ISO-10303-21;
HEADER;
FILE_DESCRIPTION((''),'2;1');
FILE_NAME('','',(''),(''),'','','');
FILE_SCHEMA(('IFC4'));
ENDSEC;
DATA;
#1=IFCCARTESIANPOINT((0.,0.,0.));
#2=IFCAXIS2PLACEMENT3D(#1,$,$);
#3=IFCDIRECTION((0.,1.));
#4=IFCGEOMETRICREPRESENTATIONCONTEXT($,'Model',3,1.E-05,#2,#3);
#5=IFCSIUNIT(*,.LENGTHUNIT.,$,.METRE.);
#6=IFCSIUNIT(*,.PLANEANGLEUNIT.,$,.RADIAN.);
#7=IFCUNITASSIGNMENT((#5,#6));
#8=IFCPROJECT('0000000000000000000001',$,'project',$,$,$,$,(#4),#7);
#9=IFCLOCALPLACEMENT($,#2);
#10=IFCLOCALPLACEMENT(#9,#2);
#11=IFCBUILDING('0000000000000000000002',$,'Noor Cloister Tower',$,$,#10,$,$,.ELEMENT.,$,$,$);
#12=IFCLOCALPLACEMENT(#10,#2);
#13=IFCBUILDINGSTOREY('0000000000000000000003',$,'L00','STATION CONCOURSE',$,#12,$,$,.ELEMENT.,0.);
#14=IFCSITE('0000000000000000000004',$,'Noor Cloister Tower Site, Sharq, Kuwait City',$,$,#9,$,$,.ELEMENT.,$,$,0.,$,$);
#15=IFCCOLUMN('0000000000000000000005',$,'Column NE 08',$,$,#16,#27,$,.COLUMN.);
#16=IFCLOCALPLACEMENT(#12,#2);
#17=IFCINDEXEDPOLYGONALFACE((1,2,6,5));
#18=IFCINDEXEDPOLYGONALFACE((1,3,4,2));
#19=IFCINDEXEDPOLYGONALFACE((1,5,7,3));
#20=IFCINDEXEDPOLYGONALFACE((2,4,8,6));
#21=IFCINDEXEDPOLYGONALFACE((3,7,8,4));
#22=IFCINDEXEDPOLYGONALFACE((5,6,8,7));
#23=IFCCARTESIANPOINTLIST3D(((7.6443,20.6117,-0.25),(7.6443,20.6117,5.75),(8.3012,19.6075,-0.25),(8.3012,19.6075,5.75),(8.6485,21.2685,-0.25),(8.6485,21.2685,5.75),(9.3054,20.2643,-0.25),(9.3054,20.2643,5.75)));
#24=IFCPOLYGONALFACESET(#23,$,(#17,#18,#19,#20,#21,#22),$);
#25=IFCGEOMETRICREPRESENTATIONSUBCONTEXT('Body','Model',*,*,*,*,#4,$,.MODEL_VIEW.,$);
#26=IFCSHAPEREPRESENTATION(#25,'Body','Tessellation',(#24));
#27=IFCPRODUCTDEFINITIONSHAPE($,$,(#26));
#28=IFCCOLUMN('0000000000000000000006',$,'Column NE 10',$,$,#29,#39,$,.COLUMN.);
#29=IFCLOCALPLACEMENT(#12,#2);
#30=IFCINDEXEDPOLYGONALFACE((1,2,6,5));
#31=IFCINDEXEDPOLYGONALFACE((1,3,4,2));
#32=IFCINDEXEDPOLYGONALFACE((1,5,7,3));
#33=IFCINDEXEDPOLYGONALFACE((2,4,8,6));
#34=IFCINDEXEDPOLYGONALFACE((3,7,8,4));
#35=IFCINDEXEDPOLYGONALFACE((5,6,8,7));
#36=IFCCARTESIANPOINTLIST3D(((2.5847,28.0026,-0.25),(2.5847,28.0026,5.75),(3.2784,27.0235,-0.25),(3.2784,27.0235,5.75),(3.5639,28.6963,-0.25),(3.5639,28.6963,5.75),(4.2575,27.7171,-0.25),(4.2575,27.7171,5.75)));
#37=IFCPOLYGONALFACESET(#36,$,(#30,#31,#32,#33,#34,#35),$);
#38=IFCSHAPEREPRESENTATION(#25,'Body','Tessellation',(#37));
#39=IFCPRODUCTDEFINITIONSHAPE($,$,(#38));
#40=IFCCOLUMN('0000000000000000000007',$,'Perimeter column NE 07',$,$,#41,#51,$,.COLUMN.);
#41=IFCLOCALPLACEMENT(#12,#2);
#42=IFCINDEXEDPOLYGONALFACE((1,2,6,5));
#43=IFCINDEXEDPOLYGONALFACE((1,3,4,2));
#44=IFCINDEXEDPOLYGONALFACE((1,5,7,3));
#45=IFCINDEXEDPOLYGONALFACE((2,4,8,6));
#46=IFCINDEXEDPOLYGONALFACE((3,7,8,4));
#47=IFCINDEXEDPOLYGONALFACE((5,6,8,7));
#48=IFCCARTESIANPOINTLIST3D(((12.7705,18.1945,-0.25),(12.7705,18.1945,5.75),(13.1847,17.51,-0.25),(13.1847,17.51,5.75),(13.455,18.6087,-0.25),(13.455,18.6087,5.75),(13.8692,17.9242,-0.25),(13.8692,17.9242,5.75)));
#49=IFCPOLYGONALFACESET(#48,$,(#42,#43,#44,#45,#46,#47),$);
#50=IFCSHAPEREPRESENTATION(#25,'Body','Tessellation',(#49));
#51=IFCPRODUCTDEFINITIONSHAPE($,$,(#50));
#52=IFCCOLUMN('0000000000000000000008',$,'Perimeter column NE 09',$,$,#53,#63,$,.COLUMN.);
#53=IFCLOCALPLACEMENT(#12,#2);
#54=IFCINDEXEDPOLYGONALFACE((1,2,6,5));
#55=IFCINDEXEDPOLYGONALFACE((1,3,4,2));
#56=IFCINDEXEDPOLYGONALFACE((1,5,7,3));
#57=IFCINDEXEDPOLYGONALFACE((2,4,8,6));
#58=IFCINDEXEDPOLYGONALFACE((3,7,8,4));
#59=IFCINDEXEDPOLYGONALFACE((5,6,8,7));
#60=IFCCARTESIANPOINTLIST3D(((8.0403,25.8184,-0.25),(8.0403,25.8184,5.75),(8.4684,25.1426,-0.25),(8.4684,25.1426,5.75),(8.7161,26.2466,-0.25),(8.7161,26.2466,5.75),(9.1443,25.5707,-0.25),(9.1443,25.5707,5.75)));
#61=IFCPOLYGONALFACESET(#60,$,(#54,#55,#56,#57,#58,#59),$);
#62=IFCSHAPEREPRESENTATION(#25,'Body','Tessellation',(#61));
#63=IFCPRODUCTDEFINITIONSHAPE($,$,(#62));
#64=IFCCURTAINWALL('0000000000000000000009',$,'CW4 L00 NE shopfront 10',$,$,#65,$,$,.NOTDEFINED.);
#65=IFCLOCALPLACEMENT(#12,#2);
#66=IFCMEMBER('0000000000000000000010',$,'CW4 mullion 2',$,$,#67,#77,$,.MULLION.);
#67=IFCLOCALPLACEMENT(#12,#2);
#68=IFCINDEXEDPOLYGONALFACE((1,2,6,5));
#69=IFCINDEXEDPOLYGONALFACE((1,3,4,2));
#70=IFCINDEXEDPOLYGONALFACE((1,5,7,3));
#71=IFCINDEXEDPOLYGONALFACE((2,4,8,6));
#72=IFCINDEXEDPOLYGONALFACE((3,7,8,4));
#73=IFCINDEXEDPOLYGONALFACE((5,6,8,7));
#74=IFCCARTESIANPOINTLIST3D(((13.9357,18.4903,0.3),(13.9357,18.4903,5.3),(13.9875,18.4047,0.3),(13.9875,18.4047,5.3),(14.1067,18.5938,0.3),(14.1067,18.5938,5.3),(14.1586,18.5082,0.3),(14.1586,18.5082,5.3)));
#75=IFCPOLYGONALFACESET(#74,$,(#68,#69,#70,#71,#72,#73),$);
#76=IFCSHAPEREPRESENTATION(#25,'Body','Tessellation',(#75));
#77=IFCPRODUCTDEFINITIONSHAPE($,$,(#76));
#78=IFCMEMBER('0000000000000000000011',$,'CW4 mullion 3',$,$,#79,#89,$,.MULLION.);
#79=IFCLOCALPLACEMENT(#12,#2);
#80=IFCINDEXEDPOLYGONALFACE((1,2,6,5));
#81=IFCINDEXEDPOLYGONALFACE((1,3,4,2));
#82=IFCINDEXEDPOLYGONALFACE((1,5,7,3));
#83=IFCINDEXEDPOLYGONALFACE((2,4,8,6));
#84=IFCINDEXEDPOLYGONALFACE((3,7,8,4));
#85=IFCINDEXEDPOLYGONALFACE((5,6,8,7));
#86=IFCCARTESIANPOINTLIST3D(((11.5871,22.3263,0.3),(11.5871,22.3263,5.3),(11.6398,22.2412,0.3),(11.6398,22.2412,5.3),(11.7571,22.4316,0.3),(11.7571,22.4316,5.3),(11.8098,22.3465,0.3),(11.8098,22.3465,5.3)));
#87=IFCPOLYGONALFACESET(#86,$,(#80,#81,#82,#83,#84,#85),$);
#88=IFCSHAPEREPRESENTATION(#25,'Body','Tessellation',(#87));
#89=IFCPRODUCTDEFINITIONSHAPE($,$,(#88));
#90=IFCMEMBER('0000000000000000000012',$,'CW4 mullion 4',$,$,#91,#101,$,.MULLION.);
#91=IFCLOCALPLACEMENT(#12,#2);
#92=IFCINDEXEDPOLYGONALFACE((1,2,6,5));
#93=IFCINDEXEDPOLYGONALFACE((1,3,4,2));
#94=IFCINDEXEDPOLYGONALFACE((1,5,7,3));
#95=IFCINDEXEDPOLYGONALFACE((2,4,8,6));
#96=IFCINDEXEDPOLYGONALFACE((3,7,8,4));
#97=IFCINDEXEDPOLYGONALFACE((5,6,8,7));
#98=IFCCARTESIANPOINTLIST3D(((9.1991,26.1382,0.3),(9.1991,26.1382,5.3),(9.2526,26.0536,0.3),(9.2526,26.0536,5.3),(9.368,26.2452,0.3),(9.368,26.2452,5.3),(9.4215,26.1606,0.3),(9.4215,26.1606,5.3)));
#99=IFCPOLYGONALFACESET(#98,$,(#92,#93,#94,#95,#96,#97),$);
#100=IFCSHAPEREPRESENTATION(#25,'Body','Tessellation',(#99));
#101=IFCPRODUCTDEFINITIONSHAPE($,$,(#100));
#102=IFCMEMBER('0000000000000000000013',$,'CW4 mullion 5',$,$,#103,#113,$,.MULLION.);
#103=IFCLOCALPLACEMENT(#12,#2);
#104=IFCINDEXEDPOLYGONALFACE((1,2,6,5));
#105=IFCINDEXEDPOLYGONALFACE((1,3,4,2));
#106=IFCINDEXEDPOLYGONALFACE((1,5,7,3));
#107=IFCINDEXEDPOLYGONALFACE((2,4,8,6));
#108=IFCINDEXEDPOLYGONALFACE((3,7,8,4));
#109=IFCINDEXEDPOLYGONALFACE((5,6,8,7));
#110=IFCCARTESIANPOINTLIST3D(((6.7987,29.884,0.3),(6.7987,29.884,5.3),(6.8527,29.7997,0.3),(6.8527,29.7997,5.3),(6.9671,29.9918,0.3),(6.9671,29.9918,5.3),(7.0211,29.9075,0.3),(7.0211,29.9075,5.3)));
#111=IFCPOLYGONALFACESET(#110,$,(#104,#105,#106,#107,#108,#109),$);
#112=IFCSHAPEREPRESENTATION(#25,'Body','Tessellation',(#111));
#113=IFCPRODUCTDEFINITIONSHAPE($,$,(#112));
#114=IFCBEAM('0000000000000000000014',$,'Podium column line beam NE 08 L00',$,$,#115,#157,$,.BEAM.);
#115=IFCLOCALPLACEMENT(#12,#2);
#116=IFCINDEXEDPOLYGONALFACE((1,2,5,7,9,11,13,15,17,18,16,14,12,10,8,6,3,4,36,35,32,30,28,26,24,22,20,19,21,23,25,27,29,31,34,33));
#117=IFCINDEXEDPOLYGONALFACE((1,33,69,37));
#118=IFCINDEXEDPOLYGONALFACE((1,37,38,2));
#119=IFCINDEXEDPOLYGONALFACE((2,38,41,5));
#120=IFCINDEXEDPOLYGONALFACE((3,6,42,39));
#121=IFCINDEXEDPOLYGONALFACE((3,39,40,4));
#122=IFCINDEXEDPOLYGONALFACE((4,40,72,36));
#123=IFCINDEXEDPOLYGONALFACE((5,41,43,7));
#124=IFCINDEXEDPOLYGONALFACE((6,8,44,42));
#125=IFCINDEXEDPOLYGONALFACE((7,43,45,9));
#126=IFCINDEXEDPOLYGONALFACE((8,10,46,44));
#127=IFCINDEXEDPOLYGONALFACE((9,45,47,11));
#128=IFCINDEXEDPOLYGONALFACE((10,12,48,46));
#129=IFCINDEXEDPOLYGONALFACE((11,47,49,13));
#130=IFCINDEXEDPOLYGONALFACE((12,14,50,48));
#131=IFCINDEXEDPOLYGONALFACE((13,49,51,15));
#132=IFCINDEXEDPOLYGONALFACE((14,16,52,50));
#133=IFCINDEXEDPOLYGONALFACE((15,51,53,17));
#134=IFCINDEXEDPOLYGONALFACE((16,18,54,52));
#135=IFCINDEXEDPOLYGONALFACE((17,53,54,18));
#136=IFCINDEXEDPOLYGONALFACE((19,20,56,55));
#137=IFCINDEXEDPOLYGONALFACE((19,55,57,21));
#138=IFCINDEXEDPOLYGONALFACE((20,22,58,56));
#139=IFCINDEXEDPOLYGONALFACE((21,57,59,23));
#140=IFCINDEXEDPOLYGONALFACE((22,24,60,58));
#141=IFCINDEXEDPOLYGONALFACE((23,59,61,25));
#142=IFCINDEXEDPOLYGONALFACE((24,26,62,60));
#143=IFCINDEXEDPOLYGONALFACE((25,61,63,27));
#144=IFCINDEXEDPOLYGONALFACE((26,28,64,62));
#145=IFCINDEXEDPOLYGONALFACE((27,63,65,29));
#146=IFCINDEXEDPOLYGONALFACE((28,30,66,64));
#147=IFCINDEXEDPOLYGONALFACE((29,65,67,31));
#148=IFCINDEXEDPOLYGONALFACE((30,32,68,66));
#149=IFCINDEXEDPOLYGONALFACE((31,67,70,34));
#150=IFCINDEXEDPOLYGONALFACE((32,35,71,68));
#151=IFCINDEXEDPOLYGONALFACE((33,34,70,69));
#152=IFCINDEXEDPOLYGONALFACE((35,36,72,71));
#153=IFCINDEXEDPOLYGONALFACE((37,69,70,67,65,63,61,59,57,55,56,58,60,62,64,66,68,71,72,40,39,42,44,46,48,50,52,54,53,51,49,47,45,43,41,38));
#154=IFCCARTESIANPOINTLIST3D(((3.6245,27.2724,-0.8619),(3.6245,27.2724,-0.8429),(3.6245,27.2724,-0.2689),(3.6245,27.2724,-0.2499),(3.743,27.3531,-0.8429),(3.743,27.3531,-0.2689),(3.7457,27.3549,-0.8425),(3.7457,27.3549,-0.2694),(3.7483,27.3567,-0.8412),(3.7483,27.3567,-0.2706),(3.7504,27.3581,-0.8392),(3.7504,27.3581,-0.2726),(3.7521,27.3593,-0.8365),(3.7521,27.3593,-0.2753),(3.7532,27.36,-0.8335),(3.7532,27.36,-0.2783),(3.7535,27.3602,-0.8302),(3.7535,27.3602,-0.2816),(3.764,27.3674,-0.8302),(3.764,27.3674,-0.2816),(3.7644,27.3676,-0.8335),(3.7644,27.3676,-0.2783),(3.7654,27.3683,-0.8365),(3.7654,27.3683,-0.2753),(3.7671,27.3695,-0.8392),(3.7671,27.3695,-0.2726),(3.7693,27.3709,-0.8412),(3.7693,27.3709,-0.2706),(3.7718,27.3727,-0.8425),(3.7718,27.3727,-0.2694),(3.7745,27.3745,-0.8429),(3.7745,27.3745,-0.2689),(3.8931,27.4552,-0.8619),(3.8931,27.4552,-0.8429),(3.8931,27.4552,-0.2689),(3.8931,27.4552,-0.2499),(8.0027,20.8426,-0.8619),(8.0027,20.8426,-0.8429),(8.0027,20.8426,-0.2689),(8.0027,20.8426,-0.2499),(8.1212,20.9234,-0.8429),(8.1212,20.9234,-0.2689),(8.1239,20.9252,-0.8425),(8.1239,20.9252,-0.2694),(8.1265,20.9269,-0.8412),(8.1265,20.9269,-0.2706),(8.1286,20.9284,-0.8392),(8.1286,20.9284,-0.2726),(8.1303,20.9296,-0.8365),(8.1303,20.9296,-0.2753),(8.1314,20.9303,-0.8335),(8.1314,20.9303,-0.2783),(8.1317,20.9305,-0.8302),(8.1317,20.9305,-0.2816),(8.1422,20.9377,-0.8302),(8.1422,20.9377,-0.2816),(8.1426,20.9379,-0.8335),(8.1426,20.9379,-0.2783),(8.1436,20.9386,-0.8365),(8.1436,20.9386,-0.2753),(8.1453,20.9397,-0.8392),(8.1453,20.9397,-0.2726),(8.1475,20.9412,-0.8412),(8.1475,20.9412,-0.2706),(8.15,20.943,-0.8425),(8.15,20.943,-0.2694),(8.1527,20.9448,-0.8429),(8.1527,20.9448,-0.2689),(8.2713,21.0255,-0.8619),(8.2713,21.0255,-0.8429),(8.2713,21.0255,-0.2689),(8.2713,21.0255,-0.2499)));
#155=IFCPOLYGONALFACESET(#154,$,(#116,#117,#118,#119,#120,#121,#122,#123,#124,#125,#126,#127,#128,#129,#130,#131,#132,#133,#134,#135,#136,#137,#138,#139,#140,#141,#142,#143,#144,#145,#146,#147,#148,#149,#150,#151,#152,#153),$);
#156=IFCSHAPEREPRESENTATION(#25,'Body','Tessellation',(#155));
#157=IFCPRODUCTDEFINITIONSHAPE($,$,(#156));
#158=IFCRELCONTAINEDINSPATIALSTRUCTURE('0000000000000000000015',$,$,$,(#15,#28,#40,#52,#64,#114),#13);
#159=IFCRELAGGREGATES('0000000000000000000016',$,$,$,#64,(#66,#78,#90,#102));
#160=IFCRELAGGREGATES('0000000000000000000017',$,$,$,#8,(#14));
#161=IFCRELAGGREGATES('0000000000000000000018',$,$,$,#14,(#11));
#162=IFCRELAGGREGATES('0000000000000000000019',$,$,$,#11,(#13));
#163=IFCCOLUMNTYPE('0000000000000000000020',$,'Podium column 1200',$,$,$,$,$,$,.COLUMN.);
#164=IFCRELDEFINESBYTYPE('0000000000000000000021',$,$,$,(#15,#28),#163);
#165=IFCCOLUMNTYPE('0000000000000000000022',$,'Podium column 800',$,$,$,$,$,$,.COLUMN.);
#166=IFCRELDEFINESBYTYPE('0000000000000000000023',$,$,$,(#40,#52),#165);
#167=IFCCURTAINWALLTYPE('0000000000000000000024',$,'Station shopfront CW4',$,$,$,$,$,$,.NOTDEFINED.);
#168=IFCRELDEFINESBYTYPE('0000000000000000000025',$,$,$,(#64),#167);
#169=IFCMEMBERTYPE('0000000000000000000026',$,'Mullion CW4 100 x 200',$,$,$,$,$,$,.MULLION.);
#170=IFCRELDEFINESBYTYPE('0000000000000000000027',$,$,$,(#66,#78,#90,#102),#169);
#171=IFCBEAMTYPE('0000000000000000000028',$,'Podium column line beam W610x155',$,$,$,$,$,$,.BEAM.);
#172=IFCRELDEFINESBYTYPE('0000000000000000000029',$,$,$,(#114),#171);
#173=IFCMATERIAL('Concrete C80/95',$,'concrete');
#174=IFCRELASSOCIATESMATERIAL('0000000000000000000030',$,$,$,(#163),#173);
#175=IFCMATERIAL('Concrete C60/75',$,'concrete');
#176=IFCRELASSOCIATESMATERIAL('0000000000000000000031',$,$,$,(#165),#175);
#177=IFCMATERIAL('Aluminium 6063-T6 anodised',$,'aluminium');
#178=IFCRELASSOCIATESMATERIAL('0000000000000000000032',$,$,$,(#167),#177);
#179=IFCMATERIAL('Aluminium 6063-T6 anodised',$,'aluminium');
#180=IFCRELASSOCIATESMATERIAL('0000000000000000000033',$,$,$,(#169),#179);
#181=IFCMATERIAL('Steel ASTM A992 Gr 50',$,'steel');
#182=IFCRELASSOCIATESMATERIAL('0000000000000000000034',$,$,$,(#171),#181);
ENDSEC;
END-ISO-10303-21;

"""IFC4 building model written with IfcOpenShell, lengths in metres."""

from ifc_helpers import new_model, si_unit, direction, frame, origin, origin_2d, place, context, subcontext, project, spatial, rectangle, i_section, extrude, material, material_profile, profile_set, type_object, element, aggregate, save


model = new_model("IFC4")

# Units and contexts
model_context = context("Model", 3, precision=1e-05, world=origin(), true_north=direction((0.0, 1.0)))
body_context = subcontext(model_context, "Body", "Model", "MODEL_VIEW")
ifc_project = project(units=[si_unit("LENGTHUNIT", "METRE"), si_unit("PLANEANGLEUNIT", "RADIAN")], contexts=[model_context])

# Site, building, storey
site_placement = place(None, origin())
site = spatial("IfcSite", under=ifc_project, at=site_placement, Name="Noor Cloister Tower Site, Sharq, Kuwait City", CompositionType="ELEMENT", RefElevation=0.0)
building_placement = place(site_placement, origin())
building = spatial("IfcBuilding", under=site, at=building_placement, Name="Noor Cloister Tower", CompositionType="ELEMENT")
storey_placement = place(building_placement, origin())
storey = spatial("IfcBuildingStorey", under=building, at=storey_placement, Name="L00", Description="STATION CONCOURSE", CompositionType="ELEMENT", Elevation=0.0)

# Columns
ifc_material_1 = material(Name="Concrete C80/95", Category="concrete")
ifc_material_profile_1 = material_profile(ifc_material_1, rectangle(XDim=1.2, YDim=1.2, at=origin_2d()), Name="Podium column 1200")
ifc_profile_set_1 = profile_set([ifc_material_profile_1], Name="Concrete C80/95")
column_type_1 = type_object("IfcColumnType", Name="Podium column 1200", PredefinedType="COLUMN", material=ifc_profile_set_1)
for number, where, z_axis, x_axis, name in (
    (1, (8.4749, 20.438, -0.25), (0.0, 0.0, 1.0), (0.836868, 0.547405, 0.0), "Column NE 08"),
    (2, (3.4211, 27.8599, -0.25), (0.0, 0.0, 1.0), (0.815983, 0.578076, 0.0), "Column NE 10"),
):
    element("IfcColumn", number, at=place(storey_placement, frame(where, z_axis=z_axis, x_axis=x_axis)), inside=storey, type_object=column_type_1, Name=name, PredefinedType="COLUMN", context=body_context, shape_type="SweptSolid", body=[
        extrude(rectangle(XDim=1.2, YDim=1.2, at=origin_2d()), origin(), (0.0, 0.0, 1.0), 6.0),
    ])
ifc_material_2 = material(Name="Concrete C60/75", Category="concrete")
ifc_material_profile_2 = material_profile(ifc_material_2, rectangle(XDim=0.8, YDim=0.8, at=origin_2d()), Name="Podium column 800")
ifc_profile_set_2 = profile_set([ifc_material_profile_2], Name="Concrete C60/75")
column_type_2 = type_object("IfcColumnType", Name="Podium column 800", PredefinedType="COLUMN", material=ifc_profile_set_2)
for number, where, z_axis, x_axis, name in (
    (3, (13.3198, 18.0593, -0.25), (0.0, 0.0, 1.0), (0.855574, 0.51768, 0.0), "Perimeter column NE 07"),
    (4, (8.5923, 25.6946, -0.25), (0.0, 0.0, 1.0), (0.844762, 0.535142, 0.0), "Perimeter column NE 09"),
):
    element("IfcColumn", number, at=place(storey_placement, frame(where, z_axis=z_axis, x_axis=x_axis)), inside=storey, type_object=column_type_2, Name=name, PredefinedType="COLUMN", context=body_context, shape_type="SweptSolid", body=[
        extrude(rectangle(XDim=0.8, YDim=0.8, at=origin_2d()), origin(), (0.0, 0.0, 1.0), 6.0),
    ])

# Curtain wall, members
ifc_material_3 = material(Name="Aluminium 6063-T6 anodised", Category="aluminium")
curtain_wall_type = type_object("IfcCurtainWallType", Name="Station shopfront CW4", PredefinedType="NOTDEFINED", material=ifc_material_3)
curtain_wall_placement = place(storey_placement, origin())
curtain_wall = element("IfcCurtainWall", 5, at=curtain_wall_placement, inside=storey, type_object=curtain_wall_type, Name="CW4 L00 NE shopfront 10", PredefinedType="NOTDEFINED")
ifc_material_4 = material(Name="Aluminium 6063-T6 anodised", Category="aluminium")
ifc_material_profile_3 = material_profile(ifc_material_4, rectangle(XDim=0.2, YDim=0.1001, at=origin_2d()), Name="200 x 100 mullion")
ifc_profile_set_3 = profile_set([ifc_material_profile_3], Name="Aluminium 6063-T6 anodised")
member_type = type_object("IfcMemberType", Name="Mullion CW4 100 x 200", PredefinedType="MULLION", material=ifc_profile_set_3)
member_1_placement = place(storey_placement, frame((14.0471, 18.4993, 0.3), z_axis=(0.0, 0.0, 1.0), x_axis=(-0.855574, -0.51768, 0.0)))
member_1 = element("IfcMember", 6, at=member_1_placement, type_object=member_type, Name="CW4 mullion 2", PredefinedType="MULLION", context=body_context, shape_type="SweptSolid", body=[
    extrude(rectangle(XDim=0.2, YDim=0.1001, at=origin_2d()), origin(), (0.0, 0.0, 1.0), 5.0),
])
member_2_placement = place(storey_placement, frame((11.6985, 22.3364, 0.3), z_axis=(0.0, 0.0, 1.0), x_axis=(-0.850213, -0.526439, 0.0)))
member_2 = element("IfcMember", 7, at=member_2_placement, type_object=member_type, Name="CW4 mullion 3", PredefinedType="MULLION", context=body_context, shape_type="SweptSolid", body=[
    extrude(rectangle(XDim=0.2, YDim=0.1001, at=origin_2d()), origin(), (0.0, 0.0, 1.0), 5.0),
])
member_3_placement = place(storey_placement, frame((9.3103, 26.1494, 0.3), z_axis=(0.0, 0.0, 1.0), x_axis=(-0.844762, -0.535142, 0.0)))
member_3 = element("IfcMember", 8, at=member_3_placement, type_object=member_type, Name="CW4 mullion 4", PredefinedType="MULLION", context=body_context, shape_type="SweptSolid", body=[
    extrude(rectangle(XDim=0.2, YDim=0.1001, at=origin_2d()), origin(), (0.0, 0.0, 1.0), 5.0),
])
member_4_placement = place(storey_placement, frame((6.9099, 29.8958, 0.3), z_axis=(0.0, 0.0, 1.0), x_axis=(-0.842003, -0.539473, 0.0)))
member_4 = element("IfcMember", 9, at=member_4_placement, type_object=member_type, Name="CW4 mullion 5", PredefinedType="MULLION", context=body_context, shape_type="SweptSolid", body=[
    extrude(rectangle(XDim=0.2, YDim=0.1001, at=origin_2d()), origin(), (0.0, 0.0, 1.0), 5.0),
])

# Beam
ifc_material_5 = material(Name="Steel ASTM A992 Gr 50", Category="steel")
ifc_material_profile_4 = material_profile(ifc_material_5, i_section(OverallWidth=0.325, OverallDepth=0.6121, WebThickness=0.0127, FlangeThickness=0.019, FilletRadius=0.0127, at=origin_2d()), Name="W610x155")
ifc_profile_set_4 = profile_set([ifc_material_profile_4], Name="Steel ASTM A992 Gr 50")
beam_type_1 = type_object("IfcBeamType", Name="Podium column line beam W610x155", PredefinedType="BEAM", material=ifc_profile_set_4)
beam_1_placement = place(storey_placement, frame((8.137, 20.9341, -0.5559), z_axis=(-0.562836, 0.826568, 0.0), x_axis=(-0.826568, -0.562836, 0.0)))
element("IfcBeam", 10, at=beam_1_placement, inside=storey, type_object=beam_type_1, Name="Podium column line beam NE 08 L00", PredefinedType="BEAM", context=body_context, shape_type="SweptSolid", body=[
    extrude(i_section(OverallWidth=0.325, OverallDepth=0.6121, WebThickness=0.0127, FlangeThickness=0.019, FilletRadius=0.0127, at=origin_2d()), origin(), (0.0, 0.0, 1.0), 7.7788),
])

aggregate(curtain_wall, [member_1, member_2, member_3, member_4])

save(model, "model.ifc")
